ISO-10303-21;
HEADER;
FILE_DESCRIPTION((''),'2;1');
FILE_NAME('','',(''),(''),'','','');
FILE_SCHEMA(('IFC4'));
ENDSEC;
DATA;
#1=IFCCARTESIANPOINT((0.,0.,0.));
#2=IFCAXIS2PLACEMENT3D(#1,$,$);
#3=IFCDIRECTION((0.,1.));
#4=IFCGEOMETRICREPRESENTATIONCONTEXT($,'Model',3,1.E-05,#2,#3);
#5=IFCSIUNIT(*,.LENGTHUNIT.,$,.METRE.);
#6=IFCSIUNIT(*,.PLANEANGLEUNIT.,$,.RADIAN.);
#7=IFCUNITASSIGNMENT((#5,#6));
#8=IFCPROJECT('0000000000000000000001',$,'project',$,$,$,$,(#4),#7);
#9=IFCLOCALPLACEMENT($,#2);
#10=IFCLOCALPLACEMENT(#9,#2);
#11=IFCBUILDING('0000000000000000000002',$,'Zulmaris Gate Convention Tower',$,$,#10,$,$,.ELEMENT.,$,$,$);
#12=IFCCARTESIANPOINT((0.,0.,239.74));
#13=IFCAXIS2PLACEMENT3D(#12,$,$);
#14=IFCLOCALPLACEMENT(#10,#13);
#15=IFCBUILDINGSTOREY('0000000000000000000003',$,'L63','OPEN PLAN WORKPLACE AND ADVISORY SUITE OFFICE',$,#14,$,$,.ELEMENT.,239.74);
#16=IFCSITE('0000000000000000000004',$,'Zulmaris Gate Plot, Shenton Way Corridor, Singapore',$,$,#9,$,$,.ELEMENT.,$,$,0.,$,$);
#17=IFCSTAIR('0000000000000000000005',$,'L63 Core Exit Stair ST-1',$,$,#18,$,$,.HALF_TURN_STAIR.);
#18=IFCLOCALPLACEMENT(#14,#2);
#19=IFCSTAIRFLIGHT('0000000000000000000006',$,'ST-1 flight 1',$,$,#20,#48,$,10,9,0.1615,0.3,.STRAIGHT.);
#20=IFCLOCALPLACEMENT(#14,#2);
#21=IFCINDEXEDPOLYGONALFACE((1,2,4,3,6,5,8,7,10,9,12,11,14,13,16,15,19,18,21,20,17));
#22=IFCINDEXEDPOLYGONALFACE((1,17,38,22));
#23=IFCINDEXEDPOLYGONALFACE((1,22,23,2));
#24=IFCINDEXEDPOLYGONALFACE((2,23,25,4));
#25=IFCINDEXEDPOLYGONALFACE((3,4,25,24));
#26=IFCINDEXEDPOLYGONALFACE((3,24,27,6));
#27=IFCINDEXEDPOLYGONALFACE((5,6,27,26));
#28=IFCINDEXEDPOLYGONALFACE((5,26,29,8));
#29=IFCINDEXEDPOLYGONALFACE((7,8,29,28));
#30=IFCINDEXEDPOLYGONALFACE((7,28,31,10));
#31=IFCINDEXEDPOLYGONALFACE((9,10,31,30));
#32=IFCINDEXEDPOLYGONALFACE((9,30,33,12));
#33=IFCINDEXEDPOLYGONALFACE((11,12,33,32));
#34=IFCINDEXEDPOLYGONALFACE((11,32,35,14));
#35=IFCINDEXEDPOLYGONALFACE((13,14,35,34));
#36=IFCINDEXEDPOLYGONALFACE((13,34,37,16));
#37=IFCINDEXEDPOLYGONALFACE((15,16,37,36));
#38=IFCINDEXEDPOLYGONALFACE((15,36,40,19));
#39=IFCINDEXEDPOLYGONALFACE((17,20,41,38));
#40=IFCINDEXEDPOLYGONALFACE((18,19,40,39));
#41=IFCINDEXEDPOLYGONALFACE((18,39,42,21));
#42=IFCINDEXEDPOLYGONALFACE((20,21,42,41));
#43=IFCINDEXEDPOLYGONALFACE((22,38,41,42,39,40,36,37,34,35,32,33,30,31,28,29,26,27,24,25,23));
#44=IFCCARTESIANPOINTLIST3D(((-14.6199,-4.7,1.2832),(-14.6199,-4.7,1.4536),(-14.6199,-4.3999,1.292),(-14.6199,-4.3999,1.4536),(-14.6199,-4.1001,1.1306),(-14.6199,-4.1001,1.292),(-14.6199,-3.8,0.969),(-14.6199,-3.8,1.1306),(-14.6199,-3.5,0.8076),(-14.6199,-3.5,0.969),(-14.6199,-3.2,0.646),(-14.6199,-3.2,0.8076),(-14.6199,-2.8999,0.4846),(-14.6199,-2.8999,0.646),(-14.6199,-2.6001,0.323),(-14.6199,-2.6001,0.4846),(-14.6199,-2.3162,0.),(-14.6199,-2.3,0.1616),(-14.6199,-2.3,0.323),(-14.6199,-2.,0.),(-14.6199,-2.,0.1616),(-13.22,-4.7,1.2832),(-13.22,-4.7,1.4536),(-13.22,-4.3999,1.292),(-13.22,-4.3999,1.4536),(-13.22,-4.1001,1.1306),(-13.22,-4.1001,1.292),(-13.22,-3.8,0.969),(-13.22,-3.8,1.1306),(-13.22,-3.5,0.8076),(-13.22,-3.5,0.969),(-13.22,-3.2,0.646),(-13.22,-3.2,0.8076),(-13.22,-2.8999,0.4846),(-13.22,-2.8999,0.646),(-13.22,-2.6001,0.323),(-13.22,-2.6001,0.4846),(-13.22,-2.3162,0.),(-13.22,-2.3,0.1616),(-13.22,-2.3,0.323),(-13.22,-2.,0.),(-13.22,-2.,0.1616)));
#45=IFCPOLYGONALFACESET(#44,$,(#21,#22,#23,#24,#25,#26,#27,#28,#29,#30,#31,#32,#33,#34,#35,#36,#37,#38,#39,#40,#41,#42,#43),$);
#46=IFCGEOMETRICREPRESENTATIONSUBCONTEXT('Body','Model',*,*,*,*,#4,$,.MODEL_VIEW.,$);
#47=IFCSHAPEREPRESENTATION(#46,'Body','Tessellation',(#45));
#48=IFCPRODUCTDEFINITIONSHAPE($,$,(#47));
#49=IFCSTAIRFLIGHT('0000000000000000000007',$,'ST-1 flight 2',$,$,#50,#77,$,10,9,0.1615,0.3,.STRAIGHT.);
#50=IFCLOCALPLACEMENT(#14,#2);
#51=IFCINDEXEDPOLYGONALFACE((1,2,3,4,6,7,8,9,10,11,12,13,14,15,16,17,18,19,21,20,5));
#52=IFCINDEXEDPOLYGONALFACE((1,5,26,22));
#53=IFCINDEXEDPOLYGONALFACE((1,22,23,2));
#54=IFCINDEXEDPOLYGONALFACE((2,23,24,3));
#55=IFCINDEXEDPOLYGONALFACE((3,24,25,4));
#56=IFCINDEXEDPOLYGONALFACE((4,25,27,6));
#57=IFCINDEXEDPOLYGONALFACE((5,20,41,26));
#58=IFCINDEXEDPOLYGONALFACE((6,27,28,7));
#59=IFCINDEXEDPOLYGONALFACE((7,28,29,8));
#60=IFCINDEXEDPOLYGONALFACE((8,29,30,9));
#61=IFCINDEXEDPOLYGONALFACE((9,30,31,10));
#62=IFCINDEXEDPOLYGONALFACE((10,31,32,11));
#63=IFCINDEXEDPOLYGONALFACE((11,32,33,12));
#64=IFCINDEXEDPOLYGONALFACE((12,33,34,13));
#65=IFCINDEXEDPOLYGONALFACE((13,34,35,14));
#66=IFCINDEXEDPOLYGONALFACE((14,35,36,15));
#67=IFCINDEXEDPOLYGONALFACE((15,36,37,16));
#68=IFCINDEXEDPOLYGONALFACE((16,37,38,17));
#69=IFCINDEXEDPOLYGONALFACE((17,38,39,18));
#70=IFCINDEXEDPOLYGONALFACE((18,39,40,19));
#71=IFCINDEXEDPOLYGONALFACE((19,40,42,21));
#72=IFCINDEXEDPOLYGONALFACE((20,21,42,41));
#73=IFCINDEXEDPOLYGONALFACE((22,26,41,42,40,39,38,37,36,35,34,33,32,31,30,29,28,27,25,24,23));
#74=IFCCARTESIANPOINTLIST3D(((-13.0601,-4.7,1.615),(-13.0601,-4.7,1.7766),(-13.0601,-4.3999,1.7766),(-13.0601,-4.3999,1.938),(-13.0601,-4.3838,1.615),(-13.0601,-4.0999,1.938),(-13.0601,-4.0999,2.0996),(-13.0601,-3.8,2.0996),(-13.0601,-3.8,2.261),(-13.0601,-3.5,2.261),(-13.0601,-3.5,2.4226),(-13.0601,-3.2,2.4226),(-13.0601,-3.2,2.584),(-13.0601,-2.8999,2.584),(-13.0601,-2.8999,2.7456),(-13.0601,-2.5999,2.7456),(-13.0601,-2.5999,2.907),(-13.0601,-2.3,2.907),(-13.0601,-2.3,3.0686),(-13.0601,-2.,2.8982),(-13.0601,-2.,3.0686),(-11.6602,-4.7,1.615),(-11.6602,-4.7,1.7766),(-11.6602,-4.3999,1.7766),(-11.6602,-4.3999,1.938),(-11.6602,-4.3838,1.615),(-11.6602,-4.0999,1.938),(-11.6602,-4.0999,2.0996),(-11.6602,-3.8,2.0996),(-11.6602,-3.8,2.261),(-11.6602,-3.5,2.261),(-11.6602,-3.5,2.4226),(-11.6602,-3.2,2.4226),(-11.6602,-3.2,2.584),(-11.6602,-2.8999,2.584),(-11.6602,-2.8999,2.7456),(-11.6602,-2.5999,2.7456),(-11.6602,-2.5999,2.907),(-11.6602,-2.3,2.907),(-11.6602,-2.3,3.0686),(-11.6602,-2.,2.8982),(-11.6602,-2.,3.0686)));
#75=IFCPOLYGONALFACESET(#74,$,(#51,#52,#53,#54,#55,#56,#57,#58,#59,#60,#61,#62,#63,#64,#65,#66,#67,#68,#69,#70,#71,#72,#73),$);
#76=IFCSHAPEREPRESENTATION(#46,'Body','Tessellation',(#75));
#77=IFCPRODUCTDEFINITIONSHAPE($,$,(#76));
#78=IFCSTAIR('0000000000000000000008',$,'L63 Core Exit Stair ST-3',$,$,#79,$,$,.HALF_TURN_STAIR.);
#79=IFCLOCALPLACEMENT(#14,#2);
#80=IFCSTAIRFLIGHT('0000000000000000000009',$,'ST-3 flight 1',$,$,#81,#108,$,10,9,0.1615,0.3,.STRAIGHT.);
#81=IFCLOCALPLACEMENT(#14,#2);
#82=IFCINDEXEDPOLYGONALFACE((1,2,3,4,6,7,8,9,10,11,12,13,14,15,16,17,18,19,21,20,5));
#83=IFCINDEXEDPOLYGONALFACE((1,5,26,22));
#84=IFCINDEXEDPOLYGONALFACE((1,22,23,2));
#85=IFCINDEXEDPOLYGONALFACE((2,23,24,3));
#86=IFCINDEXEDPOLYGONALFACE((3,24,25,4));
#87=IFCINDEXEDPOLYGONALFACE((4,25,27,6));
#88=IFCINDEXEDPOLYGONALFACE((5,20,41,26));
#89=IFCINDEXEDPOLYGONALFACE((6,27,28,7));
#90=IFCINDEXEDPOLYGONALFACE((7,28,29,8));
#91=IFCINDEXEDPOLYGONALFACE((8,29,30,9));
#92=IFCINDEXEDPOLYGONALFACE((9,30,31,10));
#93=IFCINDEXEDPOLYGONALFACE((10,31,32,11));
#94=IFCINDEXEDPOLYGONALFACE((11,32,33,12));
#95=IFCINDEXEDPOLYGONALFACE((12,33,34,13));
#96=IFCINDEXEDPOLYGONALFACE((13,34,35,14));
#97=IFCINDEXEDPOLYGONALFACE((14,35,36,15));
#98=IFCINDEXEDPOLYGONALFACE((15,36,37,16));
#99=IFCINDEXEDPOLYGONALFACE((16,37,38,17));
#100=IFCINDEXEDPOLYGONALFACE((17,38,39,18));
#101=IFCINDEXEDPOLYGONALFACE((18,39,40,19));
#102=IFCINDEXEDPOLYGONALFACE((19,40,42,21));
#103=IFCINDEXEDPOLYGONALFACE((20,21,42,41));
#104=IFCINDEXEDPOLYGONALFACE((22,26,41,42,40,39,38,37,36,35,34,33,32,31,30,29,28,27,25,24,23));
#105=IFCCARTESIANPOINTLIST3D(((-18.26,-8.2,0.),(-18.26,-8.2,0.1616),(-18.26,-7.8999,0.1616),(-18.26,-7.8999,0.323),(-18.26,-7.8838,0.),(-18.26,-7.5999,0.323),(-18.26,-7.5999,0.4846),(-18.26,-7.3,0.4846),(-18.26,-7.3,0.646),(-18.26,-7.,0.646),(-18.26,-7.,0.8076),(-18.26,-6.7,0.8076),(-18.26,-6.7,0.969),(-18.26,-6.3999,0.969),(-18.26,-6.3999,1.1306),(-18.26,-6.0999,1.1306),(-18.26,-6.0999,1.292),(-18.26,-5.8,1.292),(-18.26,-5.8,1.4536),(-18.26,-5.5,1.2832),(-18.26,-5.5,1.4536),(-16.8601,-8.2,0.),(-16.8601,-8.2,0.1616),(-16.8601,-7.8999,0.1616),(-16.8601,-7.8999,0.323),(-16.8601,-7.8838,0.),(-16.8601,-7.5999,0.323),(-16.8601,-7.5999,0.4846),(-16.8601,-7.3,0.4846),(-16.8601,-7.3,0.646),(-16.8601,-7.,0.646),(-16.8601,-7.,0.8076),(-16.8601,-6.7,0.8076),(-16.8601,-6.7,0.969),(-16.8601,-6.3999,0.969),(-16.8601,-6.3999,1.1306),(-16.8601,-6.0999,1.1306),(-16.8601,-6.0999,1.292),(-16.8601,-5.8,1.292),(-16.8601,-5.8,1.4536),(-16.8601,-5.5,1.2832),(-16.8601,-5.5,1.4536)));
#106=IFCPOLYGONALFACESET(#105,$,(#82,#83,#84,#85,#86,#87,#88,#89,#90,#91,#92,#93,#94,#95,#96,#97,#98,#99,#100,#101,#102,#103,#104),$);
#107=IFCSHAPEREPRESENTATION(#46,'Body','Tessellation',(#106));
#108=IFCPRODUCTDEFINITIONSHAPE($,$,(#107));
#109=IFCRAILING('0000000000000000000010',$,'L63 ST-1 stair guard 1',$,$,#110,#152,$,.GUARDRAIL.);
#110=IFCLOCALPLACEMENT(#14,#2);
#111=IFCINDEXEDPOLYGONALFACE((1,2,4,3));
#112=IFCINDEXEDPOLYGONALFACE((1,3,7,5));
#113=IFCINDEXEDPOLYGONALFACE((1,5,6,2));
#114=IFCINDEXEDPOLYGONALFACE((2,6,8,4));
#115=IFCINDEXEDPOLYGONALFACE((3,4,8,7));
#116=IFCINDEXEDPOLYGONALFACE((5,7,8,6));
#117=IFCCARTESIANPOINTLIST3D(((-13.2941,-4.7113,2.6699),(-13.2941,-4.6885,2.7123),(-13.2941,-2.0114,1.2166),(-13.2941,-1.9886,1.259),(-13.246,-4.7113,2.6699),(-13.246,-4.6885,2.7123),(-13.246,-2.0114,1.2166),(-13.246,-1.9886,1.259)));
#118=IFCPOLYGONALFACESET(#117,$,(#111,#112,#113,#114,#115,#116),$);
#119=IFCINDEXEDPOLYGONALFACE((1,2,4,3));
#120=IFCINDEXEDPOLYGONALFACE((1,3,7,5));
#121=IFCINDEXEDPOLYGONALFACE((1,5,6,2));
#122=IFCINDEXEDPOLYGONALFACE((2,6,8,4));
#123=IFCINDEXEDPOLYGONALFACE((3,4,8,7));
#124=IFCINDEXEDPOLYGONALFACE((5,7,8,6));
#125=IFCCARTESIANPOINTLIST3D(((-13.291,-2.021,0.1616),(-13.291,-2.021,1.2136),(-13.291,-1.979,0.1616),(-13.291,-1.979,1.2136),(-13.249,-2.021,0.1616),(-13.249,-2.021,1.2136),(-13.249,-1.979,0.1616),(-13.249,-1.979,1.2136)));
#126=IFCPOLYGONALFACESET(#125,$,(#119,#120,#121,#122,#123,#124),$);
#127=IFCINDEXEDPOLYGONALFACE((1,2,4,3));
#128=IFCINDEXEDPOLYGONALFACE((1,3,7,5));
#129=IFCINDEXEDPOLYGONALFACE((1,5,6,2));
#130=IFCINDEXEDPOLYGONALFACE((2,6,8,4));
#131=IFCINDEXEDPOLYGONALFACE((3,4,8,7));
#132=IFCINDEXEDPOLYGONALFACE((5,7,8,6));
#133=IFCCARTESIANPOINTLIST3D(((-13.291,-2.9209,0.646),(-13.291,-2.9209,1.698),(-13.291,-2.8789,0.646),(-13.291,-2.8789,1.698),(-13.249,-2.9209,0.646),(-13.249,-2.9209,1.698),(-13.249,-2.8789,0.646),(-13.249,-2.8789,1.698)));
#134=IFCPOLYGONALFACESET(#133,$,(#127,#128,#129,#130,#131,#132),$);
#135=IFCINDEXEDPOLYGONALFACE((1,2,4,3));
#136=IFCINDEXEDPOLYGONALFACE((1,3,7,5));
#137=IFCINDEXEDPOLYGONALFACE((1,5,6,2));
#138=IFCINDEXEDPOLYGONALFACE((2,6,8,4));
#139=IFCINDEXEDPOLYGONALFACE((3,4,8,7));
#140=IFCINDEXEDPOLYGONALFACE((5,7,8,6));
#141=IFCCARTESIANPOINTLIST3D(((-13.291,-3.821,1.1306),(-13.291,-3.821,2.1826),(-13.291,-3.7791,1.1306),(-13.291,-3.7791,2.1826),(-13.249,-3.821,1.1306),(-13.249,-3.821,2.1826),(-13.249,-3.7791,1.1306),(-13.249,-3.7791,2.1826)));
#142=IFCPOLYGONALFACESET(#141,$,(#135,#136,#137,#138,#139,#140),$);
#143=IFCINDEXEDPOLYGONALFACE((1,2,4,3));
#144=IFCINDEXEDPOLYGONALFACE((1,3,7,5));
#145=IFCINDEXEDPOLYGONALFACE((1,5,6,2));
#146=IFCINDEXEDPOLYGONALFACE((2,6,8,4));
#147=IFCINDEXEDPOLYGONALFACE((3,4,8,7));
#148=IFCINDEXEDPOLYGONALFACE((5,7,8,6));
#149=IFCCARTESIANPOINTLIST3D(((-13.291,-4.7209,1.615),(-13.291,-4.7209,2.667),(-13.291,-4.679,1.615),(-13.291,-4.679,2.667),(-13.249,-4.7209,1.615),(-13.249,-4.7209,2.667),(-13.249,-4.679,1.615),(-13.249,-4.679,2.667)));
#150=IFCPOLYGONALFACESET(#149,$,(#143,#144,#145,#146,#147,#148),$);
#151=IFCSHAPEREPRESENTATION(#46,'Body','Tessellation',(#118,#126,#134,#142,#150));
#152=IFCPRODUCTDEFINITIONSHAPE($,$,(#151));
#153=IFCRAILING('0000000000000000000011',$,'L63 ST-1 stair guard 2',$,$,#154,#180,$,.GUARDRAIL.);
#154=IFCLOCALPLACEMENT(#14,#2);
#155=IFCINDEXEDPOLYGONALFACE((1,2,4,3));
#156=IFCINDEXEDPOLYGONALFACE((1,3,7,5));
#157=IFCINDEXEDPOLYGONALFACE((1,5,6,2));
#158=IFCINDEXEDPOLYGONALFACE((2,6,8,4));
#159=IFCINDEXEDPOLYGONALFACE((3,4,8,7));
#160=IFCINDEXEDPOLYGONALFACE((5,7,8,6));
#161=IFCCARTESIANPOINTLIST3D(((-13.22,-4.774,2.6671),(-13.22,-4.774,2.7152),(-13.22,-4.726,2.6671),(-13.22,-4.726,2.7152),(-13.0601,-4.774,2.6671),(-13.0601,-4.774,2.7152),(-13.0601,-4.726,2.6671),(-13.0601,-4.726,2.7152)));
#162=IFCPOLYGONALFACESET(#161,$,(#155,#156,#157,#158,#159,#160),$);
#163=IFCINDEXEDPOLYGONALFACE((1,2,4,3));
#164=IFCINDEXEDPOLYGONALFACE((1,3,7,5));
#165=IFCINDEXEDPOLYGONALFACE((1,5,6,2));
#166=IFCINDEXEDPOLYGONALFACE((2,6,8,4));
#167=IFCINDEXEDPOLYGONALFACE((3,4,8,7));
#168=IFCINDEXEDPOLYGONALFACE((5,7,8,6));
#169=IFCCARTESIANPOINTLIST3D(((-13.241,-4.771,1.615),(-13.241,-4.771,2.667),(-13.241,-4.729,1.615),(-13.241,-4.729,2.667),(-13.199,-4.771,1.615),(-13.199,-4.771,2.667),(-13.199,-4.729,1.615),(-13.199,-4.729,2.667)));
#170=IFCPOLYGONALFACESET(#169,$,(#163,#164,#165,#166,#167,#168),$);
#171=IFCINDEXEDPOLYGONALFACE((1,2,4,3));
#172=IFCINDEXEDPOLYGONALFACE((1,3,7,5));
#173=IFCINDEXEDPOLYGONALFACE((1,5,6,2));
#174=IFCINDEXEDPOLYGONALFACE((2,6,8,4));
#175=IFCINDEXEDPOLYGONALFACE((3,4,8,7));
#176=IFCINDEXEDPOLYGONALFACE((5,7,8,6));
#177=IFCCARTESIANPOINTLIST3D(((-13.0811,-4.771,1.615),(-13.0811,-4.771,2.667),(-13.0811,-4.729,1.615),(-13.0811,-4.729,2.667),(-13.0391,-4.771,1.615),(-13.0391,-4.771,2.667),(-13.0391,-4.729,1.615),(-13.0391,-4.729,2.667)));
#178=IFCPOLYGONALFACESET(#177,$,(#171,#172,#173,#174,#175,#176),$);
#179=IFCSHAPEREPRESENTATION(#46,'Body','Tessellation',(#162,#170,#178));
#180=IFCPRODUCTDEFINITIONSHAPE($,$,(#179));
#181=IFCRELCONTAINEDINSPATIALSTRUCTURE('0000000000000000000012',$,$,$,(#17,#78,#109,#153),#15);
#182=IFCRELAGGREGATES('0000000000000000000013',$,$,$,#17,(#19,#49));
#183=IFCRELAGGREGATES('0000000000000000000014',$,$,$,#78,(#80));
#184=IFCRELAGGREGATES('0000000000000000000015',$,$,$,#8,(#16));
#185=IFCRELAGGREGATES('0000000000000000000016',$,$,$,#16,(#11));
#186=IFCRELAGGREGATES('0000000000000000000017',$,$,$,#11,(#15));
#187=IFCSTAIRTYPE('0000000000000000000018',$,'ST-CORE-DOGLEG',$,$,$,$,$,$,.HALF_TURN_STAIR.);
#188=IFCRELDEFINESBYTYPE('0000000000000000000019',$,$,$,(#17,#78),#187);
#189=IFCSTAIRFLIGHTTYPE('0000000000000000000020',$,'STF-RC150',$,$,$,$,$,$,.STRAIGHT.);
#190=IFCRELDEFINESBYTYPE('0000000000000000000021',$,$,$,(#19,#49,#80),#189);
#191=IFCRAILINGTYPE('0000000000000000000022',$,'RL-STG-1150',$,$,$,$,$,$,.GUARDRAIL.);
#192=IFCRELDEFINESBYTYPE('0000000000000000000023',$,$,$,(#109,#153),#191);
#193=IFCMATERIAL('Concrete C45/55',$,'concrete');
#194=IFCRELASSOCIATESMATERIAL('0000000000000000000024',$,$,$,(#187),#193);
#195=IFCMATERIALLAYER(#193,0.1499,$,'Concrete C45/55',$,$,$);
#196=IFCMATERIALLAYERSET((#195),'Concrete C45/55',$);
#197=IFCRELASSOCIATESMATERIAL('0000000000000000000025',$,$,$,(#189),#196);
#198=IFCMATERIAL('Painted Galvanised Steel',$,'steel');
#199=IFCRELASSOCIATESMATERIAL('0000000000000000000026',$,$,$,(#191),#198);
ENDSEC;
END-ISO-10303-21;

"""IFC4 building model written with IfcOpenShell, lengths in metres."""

from ifc_helpers import new_model, si_unit, direction, frame, origin, origin_2d, place, context, subcontext, project, spatial, polyline, rectangle, outline, extrude, material, layer, layer_set, type_object, element, aggregate, save


model = new_model("IFC4")

# Units and contexts
model_context = context("Model", 3, precision=1e-05, world=origin(), true_north=direction((0.0, 1.0)))
body_context = subcontext(model_context, "Body", "Model", "MODEL_VIEW")
ifc_project = project(units=[si_unit("LENGTHUNIT", "METRE"), si_unit("PLANEANGLEUNIT", "RADIAN")], contexts=[model_context])

# Site, building, storey
site_placement = place(None, origin())
site = spatial("IfcSite", under=ifc_project, at=site_placement, Name="Zulmaris Gate Plot, Shenton Way Corridor, Singapore", CompositionType="ELEMENT", RefElevation=0.0)
building_placement = place(site_placement, origin())
building = spatial("IfcBuilding", under=site, at=building_placement, Name="Zulmaris Gate Convention Tower", CompositionType="ELEMENT")
storey_placement = place(building_placement, frame((0.0, 0.0, 239.74)))
storey = spatial("IfcBuildingStorey", under=building, at=storey_placement, Name="L63", Description="OPEN PLAN WORKPLACE AND ADVISORY SUITE OFFICE", CompositionType="ELEMENT", Elevation=239.74)

# Stair, stair flights
ifc_material_1 = material(Name="Concrete C45/55", Category="concrete")
stair_type = type_object("IfcStairType", Name="ST-CORE-DOGLEG", PredefinedType="HALF_TURN_STAIR", material=ifc_material_1)
stair_1_placement = place(storey_placement, origin())
stair_1 = element("IfcStair", 1, at=stair_1_placement, inside=storey, type_object=stair_type, Name="L63 Core Exit Stair ST-1", PredefinedType="HALF_TURN_STAIR")
ifc_layer_1 = layer(ifc_material_1, 0.1499, Name="Concrete C45/55")
ifc_layer_set_1 = layer_set([ifc_layer_1], Name="Concrete C45/55")
stair_flight_type = type_object("IfcStairFlightType", Name="STF-RC150", PredefinedType="STRAIGHT", material=ifc_layer_set_1)
stair_flight_1_placement = place(storey_placement, frame((-13.9199, -2.0, 0.0), z_axis=(0.0, 0.0, 1.0), x_axis=(0.0, -1.0, 0.0)))
stair_flight_1 = element("IfcStairFlight", 2, at=stair_flight_1_placement, type_object=stair_flight_type, Name="ST-1 flight 1", NumberOfRisers=10, NumberOfTreads=9, PredefinedType="STRAIGHT", RiserHeight=0.1615, TreadLength=0.3, context=body_context, shape_type="SweptSolid", body=[
    extrude(outline(polyline([(0.0, 0.0), (0.0, 0.1616), (0.3, 0.1616), (0.3, 0.323), (0.6001, 0.323), (0.6001, 0.4846), (0.8999, 0.4846), (0.8999, 0.646), (1.2, 0.646), (1.2, 0.8076), (1.5, 0.8076), (1.5, 0.969), (1.8, 0.969), (1.8, 1.1306), (2.1001, 1.1306), (2.1001, 1.292), (2.3999, 1.292), (2.3999, 1.4536), (2.7, 1.4536), (2.7, 1.615), (2.7, 1.2832), (0.3162, 0.0), (0.0, 0.0)])), frame((0.0, 0.7, 0.0), z_axis=(0.0, -1.0, 0.0), x_axis=(1.0, 0.0, 0.0)), (0.0, 0.0, 1.0), 1.3999),
])
stair_flight_2_placement = place(storey_placement, frame((-12.3601, -4.7, 1.615), z_axis=(0.0, 0.0, 1.0), x_axis=(0.0, 1.0, 0.0)))
stair_flight_2 = element("IfcStairFlight", 3, at=stair_flight_2_placement, type_object=stair_flight_type, Name="ST-1 flight 2", NumberOfRisers=10, NumberOfTreads=9, PredefinedType="STRAIGHT", RiserHeight=0.1615, TreadLength=0.3, context=body_context, shape_type="SweptSolid", body=[
    extrude(outline(polyline([(0.0, 0.0), (0.0, 0.1616), (0.3, 0.1616), (0.3, 0.323), (0.6001, 0.323), (0.6001, 0.4846), (0.8999, 0.4846), (0.8999, 0.646), (1.2, 0.646), (1.2, 0.8076), (1.5, 0.8076), (1.5, 0.969), (1.8, 0.969), (1.8, 1.1306), (2.1001, 1.1306), (2.1001, 1.292), (2.3999, 1.292), (2.3999, 1.4536), (2.7, 1.4536), (2.7, 1.615), (2.7, 1.2832), (0.3162, 0.0), (0.0, 0.0)])), frame((0.0, 0.7, 0.0), z_axis=(0.0, -1.0, 0.0), x_axis=(1.0, 0.0, 0.0)), (0.0, 0.0, 1.0), 1.3999),
])
aggregate(stair_1, [stair_flight_1, stair_flight_2])

# Stair, stair flight
stair_2_placement = place(storey_placement, origin())
stair_2 = element("IfcStair", 4, at=stair_2_placement, inside=storey, type_object=stair_type, Name="L63 Core Exit Stair ST-3", PredefinedType="HALF_TURN_STAIR")
stair_flight_3_placement = place(storey_placement, frame((-17.5601, -8.2, 0.0), z_axis=(0.0, 0.0, 1.0), x_axis=(0.0, 1.0, 0.0)))
stair_flight_3 = element("IfcStairFlight", 5, at=stair_flight_3_placement, type_object=stair_flight_type, Name="ST-3 flight 1", NumberOfRisers=10, NumberOfTreads=9, PredefinedType="STRAIGHT", RiserHeight=0.1615, TreadLength=0.3, context=body_context, shape_type="SweptSolid", body=[
    extrude(outline(polyline([(0.0, 0.0), (0.0, 0.1616), (0.3, 0.1616), (0.3, 0.323), (0.6001, 0.323), (0.6001, 0.4846), (0.8999, 0.4846), (0.8999, 0.646), (1.2, 0.646), (1.2, 0.8076), (1.5, 0.8076), (1.5, 0.969), (1.8, 0.969), (1.8, 1.1306), (2.1001, 1.1306), (2.1001, 1.292), (2.3999, 1.292), (2.3999, 1.4536), (2.7, 1.4536), (2.7, 1.615), (2.7, 1.2832), (0.3162, 0.0), (0.0, 0.0)])), frame((0.0, 0.7, 0.0), z_axis=(0.0, -1.0, 0.0), x_axis=(1.0, 0.0, 0.0)), (0.0, 0.0, 1.0), 1.3999),
])
aggregate(stair_2, [stair_flight_3])

# Railings
ifc_material_2 = material(Name="Painted Galvanised Steel", Category="steel")
railing_type_1 = type_object("IfcRailingType", Name="RL-STG-1150", PredefinedType="GUARDRAIL", material=ifc_material_2)
railing_1_placement = place(storey_placement, frame((-13.27, -2.0, 0.1616)))
element("IfcRailing", 6, at=railing_1_placement, inside=storey, type_object=railing_type_1, Name="L63 ST-1 stair guard 1", PredefinedType="GUARDRAIL", context=body_context, shape_type="SweptSolid", body=[
    extrude(rectangle(XDim=0.0481, YDim=0.0481, at=origin_2d()), frame((0.0, 0.0, 1.0762), z_axis=(0.0, -0.880532, 0.473986), x_axis=(1.0, 0.0, 0.0)), (0.0, 0.0, 1.0), 3.0662),
    extrude(rectangle(XDim=0.042, YDim=0.042, at=origin_2d()), origin(), (0.0, 0.0, 1.0), 1.052),
    extrude(rectangle(XDim=0.042, YDim=0.042, at=origin_2d()), frame((0.0, -0.8999, 0.4844)), (0.0, 0.0, 1.0), 1.052),
    extrude(rectangle(XDim=0.042, YDim=0.042, at=origin_2d()), frame((0.0, -1.8, 0.969)), (0.0, 0.0, 1.0), 1.052),
    extrude(rectangle(XDim=0.042, YDim=0.042, at=origin_2d()), frame((0.0, -2.7, 1.4534)), (0.0, 0.0, 1.0), 1.052),
])
railing_2_placement = place(storey_placement, frame((-13.22, -4.75, 1.615)))
element("IfcRailing", 7, at=railing_2_placement, inside=storey, type_object=railing_type_1, Name="L63 ST-1 stair guard 2", PredefinedType="GUARDRAIL", context=body_context, shape_type="SweptSolid", body=[
    extrude(rectangle(XDim=0.0481, YDim=0.0481, at=origin_2d()), frame((0.0, 0.0, 1.0762), z_axis=(1.0, 0.0, 0.0), x_axis=(0.0, 1.0, 0.0)), (0.0, 0.0, 1.0), 0.1599),
    extrude(rectangle(XDim=0.042, YDim=0.042, at=origin_2d()), origin(), (0.0, 0.0, 1.0), 1.052),
    extrude(rectangle(XDim=0.042, YDim=0.042, at=origin_2d()), frame((0.1599, 0.0, 0.0)), (0.0, 0.0, 1.0), 1.052),
])

save(model, "model.ifc")
